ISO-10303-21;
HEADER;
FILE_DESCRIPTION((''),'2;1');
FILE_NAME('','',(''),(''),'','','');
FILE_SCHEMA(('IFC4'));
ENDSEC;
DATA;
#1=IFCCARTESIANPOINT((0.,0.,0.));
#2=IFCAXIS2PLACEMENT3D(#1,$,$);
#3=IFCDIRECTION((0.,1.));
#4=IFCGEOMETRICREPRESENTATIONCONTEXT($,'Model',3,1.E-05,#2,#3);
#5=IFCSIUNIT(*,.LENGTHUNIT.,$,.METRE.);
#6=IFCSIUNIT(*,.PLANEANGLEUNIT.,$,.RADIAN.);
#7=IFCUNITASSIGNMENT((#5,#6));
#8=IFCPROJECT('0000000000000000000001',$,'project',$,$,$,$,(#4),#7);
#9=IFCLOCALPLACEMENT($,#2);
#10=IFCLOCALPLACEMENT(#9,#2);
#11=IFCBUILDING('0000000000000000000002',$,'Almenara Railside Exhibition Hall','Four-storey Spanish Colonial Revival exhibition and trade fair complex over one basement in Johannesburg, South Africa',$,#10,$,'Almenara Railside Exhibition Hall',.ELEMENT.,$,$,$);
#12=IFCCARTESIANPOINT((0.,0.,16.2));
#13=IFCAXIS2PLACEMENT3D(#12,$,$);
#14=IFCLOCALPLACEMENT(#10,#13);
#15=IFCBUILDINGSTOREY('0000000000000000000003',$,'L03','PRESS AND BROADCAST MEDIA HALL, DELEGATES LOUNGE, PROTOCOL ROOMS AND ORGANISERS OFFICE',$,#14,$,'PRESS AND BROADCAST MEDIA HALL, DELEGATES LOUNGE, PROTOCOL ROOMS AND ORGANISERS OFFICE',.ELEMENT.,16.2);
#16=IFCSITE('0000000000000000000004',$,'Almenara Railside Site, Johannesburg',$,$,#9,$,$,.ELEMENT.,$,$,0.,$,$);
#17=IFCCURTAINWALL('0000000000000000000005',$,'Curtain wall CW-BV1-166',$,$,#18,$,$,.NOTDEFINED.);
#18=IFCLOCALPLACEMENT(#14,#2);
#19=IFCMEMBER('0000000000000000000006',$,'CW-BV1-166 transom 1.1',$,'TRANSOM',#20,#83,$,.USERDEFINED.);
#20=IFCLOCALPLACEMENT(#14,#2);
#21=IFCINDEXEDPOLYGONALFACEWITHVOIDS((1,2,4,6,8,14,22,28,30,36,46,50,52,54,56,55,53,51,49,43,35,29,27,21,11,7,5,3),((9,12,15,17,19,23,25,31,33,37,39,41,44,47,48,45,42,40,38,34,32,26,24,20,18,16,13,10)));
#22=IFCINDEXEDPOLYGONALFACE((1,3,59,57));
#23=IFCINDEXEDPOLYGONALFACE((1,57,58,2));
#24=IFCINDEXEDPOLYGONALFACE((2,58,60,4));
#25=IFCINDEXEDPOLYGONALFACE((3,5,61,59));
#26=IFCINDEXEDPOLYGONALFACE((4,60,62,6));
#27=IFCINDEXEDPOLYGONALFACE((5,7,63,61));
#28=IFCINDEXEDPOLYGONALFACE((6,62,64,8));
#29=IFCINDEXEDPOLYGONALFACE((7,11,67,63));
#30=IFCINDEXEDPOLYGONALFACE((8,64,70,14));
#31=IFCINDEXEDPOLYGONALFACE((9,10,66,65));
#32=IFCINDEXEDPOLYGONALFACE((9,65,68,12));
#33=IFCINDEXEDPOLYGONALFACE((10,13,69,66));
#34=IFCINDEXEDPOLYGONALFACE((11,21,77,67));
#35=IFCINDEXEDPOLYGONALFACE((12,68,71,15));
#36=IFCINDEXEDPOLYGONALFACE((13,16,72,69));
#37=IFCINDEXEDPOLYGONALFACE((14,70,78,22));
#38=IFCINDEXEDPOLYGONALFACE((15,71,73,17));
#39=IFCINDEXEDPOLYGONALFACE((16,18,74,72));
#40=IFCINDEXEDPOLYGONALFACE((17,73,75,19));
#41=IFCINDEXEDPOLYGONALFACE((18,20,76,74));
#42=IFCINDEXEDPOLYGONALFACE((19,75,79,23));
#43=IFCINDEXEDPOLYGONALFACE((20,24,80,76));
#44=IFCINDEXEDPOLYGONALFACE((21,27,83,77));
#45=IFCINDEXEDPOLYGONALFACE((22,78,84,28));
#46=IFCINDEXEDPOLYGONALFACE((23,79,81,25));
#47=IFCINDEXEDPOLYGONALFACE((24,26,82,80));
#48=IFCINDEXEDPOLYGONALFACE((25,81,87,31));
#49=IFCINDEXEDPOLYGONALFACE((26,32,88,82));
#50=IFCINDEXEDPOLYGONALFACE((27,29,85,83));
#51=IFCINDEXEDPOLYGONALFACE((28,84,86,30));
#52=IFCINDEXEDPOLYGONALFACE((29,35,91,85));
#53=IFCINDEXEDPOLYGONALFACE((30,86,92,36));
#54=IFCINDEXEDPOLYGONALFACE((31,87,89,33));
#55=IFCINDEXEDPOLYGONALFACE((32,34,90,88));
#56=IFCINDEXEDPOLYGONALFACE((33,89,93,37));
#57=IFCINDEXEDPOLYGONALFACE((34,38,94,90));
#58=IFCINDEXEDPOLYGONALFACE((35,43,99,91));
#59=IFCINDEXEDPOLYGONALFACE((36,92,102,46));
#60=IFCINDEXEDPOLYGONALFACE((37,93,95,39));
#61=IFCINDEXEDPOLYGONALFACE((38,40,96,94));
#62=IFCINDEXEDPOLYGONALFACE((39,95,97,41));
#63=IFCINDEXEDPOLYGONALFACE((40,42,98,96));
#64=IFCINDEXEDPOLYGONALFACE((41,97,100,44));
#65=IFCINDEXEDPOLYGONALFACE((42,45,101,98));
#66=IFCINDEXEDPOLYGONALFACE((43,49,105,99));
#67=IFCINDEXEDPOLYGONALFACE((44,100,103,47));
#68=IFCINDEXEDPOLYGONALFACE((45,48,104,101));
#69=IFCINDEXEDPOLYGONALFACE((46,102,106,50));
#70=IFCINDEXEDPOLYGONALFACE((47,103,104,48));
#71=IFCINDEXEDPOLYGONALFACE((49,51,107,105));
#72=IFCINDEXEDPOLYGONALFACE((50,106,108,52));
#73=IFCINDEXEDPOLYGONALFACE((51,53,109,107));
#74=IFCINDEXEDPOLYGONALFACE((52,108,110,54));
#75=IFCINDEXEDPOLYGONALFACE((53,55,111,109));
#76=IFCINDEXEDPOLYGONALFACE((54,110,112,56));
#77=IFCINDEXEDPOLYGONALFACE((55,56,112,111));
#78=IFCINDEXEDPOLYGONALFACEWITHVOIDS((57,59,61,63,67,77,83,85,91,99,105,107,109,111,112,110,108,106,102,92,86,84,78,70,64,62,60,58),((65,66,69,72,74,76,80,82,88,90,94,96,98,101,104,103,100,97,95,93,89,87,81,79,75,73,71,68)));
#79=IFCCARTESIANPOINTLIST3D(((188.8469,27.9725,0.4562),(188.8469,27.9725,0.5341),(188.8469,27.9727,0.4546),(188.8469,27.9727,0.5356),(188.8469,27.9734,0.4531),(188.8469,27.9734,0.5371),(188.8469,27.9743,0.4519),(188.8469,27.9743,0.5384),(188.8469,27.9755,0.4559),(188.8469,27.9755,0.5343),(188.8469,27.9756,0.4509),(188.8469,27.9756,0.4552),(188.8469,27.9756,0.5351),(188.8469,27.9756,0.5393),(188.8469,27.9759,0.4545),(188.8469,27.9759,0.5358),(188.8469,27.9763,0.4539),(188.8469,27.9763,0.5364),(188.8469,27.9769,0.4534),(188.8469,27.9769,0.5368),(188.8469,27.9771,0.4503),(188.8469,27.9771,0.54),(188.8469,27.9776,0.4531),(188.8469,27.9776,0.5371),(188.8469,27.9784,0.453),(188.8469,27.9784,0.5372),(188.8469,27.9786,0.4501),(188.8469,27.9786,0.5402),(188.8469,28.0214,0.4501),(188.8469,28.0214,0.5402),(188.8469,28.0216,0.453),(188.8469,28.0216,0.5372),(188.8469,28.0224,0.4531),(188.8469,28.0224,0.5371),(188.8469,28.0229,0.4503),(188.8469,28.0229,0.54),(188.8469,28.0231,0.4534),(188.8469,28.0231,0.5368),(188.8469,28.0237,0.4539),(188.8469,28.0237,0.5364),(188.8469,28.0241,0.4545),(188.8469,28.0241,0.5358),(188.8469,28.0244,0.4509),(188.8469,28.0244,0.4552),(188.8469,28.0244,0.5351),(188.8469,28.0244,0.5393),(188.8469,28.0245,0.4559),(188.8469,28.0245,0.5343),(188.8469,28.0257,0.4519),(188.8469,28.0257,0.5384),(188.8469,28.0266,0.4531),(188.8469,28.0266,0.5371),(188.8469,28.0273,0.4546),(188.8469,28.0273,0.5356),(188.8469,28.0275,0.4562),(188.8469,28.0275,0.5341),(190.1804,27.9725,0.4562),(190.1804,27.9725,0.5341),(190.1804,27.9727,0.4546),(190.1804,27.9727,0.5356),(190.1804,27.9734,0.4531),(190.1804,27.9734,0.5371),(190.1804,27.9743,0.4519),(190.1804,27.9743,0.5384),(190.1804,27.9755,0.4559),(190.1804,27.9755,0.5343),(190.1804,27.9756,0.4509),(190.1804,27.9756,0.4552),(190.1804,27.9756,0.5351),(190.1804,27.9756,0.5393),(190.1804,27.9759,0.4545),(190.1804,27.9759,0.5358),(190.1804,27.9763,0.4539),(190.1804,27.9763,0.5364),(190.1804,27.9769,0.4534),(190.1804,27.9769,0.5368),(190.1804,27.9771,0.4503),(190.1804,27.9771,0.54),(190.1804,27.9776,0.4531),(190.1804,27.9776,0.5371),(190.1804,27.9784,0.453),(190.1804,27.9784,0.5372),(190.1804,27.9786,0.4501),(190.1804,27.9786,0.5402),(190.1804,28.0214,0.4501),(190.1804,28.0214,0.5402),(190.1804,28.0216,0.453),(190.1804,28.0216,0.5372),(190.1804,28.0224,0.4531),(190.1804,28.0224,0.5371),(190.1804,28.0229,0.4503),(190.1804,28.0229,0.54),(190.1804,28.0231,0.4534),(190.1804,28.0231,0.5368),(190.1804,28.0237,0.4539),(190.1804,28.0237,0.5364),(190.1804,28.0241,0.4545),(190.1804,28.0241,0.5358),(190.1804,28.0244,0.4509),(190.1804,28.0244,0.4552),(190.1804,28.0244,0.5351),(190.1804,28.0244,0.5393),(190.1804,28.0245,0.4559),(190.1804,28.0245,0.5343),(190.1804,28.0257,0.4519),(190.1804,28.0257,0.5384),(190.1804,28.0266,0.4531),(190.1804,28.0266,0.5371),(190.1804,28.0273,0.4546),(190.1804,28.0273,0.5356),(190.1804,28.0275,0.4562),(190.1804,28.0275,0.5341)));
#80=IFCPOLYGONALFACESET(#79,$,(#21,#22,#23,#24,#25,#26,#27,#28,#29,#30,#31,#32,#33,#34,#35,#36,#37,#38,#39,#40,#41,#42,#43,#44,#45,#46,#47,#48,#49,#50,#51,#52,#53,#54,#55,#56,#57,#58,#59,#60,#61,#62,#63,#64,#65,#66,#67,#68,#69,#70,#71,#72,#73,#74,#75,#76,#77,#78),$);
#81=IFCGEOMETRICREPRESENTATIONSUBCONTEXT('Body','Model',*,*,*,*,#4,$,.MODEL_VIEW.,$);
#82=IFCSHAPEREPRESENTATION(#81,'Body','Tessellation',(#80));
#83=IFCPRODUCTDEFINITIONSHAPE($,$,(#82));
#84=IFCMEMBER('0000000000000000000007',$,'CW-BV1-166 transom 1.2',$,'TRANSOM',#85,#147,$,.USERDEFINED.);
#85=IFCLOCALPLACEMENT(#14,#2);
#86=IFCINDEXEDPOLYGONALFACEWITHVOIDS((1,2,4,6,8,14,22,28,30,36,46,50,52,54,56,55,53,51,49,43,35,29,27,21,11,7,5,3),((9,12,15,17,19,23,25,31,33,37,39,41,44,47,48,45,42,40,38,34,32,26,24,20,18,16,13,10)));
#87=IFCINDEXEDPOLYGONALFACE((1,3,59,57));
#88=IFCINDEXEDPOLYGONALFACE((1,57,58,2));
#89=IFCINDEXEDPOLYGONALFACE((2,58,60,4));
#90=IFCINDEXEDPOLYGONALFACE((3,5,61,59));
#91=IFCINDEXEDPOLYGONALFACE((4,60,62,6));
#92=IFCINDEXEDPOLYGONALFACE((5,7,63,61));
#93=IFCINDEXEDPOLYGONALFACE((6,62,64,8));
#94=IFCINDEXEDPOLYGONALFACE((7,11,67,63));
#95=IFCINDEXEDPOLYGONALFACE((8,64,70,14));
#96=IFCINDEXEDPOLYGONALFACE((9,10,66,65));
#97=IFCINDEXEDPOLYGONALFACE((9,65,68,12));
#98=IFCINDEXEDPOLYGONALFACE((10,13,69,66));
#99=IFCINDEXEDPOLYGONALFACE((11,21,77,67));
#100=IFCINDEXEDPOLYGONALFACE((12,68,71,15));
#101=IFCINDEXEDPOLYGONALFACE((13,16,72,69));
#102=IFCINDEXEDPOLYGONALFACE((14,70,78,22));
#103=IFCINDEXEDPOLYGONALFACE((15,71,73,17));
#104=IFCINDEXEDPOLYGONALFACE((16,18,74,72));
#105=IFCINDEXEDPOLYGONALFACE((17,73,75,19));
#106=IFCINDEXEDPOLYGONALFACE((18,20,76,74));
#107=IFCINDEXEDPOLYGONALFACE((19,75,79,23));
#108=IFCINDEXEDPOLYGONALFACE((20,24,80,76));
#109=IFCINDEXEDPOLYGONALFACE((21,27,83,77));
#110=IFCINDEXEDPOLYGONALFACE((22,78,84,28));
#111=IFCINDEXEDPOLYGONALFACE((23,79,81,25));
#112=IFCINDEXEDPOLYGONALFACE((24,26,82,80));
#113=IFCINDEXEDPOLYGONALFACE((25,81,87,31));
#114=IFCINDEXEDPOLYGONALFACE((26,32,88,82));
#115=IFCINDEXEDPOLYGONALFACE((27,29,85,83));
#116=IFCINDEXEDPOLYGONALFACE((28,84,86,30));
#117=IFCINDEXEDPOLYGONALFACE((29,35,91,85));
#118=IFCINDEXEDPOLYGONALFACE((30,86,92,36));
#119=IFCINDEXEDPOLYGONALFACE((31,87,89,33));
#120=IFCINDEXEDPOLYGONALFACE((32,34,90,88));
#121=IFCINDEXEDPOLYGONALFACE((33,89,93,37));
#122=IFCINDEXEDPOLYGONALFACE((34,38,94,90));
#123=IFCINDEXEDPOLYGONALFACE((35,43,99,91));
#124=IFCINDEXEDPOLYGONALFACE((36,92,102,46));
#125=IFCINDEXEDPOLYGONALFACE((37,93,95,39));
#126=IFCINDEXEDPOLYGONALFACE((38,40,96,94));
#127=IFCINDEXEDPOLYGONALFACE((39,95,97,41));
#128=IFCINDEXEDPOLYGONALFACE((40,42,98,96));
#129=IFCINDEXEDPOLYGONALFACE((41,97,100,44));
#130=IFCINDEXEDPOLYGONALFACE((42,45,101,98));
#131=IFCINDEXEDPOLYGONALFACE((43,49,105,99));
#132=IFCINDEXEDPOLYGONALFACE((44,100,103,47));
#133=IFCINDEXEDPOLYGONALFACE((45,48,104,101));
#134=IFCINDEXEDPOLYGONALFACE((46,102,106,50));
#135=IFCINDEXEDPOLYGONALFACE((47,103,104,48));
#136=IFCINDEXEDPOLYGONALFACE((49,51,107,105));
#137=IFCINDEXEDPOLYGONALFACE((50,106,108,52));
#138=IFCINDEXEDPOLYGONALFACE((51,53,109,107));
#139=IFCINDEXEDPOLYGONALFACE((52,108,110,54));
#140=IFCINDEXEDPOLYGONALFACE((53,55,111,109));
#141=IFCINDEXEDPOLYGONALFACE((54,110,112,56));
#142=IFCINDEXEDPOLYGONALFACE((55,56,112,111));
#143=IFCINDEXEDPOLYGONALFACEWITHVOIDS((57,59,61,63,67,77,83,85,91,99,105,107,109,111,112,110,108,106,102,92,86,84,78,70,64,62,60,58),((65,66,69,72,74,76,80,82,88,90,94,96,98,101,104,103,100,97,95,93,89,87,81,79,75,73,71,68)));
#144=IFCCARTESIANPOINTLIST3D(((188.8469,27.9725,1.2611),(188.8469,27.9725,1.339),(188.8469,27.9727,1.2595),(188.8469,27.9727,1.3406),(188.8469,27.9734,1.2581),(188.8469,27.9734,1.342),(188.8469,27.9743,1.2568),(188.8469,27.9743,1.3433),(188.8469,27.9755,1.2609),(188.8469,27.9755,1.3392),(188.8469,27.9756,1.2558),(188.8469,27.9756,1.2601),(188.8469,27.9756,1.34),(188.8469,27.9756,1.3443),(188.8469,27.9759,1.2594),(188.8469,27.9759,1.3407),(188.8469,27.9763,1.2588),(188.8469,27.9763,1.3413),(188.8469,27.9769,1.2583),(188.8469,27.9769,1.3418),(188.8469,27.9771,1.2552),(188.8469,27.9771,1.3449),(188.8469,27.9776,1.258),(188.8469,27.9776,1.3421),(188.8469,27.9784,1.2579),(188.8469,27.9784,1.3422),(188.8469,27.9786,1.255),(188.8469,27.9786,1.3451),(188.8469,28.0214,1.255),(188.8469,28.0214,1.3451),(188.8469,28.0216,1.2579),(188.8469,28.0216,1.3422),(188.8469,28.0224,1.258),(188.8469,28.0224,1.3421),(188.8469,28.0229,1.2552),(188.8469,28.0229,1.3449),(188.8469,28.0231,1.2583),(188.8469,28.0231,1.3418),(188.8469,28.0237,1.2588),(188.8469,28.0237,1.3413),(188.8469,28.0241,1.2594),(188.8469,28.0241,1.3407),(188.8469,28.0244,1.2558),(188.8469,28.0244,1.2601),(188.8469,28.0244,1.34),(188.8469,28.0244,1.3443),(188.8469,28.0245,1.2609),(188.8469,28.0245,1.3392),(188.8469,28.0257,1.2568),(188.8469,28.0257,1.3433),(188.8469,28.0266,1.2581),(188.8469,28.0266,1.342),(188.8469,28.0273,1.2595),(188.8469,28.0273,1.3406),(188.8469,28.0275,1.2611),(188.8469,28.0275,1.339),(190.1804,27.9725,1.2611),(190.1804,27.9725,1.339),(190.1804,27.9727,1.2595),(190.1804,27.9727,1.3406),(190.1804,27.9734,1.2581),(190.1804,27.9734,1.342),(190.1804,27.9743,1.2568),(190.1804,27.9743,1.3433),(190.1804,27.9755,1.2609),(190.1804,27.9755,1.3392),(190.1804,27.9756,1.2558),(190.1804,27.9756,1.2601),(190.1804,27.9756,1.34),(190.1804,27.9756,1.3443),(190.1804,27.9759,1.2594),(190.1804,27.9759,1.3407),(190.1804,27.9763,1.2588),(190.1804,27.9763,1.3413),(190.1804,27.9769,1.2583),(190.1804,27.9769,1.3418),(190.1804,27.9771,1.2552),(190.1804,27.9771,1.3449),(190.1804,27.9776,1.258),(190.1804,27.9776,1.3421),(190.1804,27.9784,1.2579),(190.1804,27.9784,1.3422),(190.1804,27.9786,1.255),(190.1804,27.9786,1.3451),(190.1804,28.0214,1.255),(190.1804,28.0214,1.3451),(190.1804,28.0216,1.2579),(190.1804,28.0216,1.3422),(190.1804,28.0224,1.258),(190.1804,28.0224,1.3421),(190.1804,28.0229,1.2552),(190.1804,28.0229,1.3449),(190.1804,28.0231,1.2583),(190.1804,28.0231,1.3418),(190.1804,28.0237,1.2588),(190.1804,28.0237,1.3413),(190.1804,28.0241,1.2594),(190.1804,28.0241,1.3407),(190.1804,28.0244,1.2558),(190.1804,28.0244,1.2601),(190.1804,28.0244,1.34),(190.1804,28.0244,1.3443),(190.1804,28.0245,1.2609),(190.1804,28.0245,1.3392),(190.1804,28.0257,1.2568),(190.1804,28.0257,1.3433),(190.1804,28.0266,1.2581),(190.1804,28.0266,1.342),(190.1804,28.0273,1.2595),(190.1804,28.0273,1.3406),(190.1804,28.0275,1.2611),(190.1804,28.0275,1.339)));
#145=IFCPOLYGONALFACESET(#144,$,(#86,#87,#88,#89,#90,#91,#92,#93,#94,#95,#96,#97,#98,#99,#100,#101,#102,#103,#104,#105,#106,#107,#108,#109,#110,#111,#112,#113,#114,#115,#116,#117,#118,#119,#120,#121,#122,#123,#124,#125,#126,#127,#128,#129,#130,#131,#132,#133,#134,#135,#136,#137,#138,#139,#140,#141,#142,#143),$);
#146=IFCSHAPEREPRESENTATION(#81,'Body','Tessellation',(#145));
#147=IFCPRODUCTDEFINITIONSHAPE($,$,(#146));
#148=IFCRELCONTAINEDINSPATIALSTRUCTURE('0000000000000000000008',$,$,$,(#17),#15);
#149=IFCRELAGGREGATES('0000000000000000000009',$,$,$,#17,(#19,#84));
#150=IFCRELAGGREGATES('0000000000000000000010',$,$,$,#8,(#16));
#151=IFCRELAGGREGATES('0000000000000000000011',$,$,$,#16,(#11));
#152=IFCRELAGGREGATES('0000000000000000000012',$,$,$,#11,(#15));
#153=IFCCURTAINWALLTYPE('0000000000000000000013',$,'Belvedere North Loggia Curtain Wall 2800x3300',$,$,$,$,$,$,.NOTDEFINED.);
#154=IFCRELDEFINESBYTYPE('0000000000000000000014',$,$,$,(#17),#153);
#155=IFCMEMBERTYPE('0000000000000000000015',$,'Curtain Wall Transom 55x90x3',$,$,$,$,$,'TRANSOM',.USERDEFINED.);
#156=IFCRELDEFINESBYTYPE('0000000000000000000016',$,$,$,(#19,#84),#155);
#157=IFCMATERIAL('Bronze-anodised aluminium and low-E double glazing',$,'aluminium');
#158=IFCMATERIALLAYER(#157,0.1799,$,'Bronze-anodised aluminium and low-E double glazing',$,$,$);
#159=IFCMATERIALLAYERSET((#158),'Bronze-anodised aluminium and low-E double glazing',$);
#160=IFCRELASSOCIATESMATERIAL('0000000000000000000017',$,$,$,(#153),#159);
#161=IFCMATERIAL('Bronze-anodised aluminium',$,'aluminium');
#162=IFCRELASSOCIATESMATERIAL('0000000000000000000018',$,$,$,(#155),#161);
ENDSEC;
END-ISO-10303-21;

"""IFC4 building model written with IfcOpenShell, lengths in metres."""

from ifc_helpers import new_model, si_unit, direction, frame, origin, origin_2d, place, context, subcontext, project, spatial, hollow_rectangle, extrude, material, layer, layer_set, material_profile, profile_set, type_object, element, aggregate, save


model = new_model("IFC4")

# Units and contexts
model_context = context("Model", 3, precision=1e-05, world=origin(), true_north=direction((0.0, 1.0)))
body_context = subcontext(model_context, "Body", "Model", "MODEL_VIEW")
ifc_project = project(units=[si_unit("LENGTHUNIT", "METRE"), si_unit("PLANEANGLEUNIT", "RADIAN")], contexts=[model_context])

# Site, building, storey
site_placement = place(None, origin())
site = spatial("IfcSite", under=ifc_project, at=site_placement, Name="Almenara Railside Site, Johannesburg", CompositionType="ELEMENT", RefElevation=0.0)
building_placement = place(site_placement, origin())
building = spatial("IfcBuilding", under=site, at=building_placement, Name="Almenara Railside Exhibition Hall", Description="Four-storey Spanish Colonial Revival exhibition and trade fair complex over one basement in Johannesburg, South Africa", LongName="Almenara Railside Exhibition Hall", CompositionType="ELEMENT")
storey_placement = place(building_placement, frame((0.0, 0.0, 16.2)))
storey = spatial("IfcBuildingStorey", under=building, at=storey_placement, Name="L03", Description="PRESS AND BROADCAST MEDIA HALL, DELEGATES LOUNGE, PROTOCOL ROOMS AND ORGANISERS OFFICE", LongName="PRESS AND BROADCAST MEDIA HALL, DELEGATES LOUNGE, PROTOCOL ROOMS AND ORGANISERS OFFICE", CompositionType="ELEMENT", Elevation=16.2)

# Curtain wall
ifc_material_1 = material(Name="Bronze-anodised aluminium and low-E double glazing", Category="aluminium")
ifc_layer_1 = layer(ifc_material_1, 0.1799, Name="Bronze-anodised aluminium and low-E double glazing")
ifc_layer_set_1 = layer_set([ifc_layer_1], Name="Bronze-anodised aluminium and low-E double glazing")
curtain_wall_type = type_object("IfcCurtainWallType", Name="Belvedere North Loggia Curtain Wall 2800x3300", PredefinedType="NOTDEFINED", material=ifc_layer_set_1)
curtain_wall_1_placement = place(storey_placement, origin())
curtain_wall_1 = element("IfcCurtainWall", 1, at=curtain_wall_1_placement, inside=storey, type_object=curtain_wall_type, Name="Curtain wall CW-BV1-166", PredefinedType="NOTDEFINED")
ifc_material_2 = material(Name="Bronze-anodised aluminium", Category="aluminium")

# Members
ifc_material_profile_1 = material_profile(ifc_material_2, hollow_rectangle(XDim=0.0549, YDim=0.0901, WallThickness=0.0029, InnerFilletRadius=0.0029, OuterFilletRadius=0.0061, at=origin_2d()), Name="ALU-TRN 55x90x3")
ifc_profile_set_1 = profile_set([ifc_material_profile_1], Name="Bronze-anodised aluminium")
member_type_1 = type_object("IfcMemberType", Name="Curtain Wall Transom 55x90x3", ElementType="TRANSOM", PredefinedType="USERDEFINED", material=ifc_profile_set_1)
member_1_placement = place(storey_placement, frame((188.8469, 28.0, 0.4951), z_axis=(1.0, 0.0, 0.0), x_axis=(0.0, 1.0, 0.0)))
member_1 = element("IfcMember", 2, at=member_1_placement, type_object=member_type_1, Name="CW-BV1-166 transom 1.1", ObjectType="TRANSOM", PredefinedType="USERDEFINED", context=body_context, shape_type="SweptSolid", body=[
    extrude(hollow_rectangle(XDim=0.0549, YDim=0.0901, WallThickness=0.0029, InnerFilletRadius=0.0029, OuterFilletRadius=0.0061, at=origin_2d()), origin(), (0.0, 0.0, 1.0), 1.3335),
])
member_2_placement = place(storey_placement, frame((188.8469, 28.0, 1.3), z_axis=(1.0, 0.0, 0.0), x_axis=(0.0, 1.0, 0.0)))
member_2 = element("IfcMember", 3, at=member_2_placement, type_object=member_type_1, Name="CW-BV1-166 transom 1.2", ObjectType="TRANSOM", PredefinedType="USERDEFINED", context=body_context, shape_type="SweptSolid", body=[
    extrude(hollow_rectangle(XDim=0.0549, YDim=0.0901, WallThickness=0.0029, InnerFilletRadius=0.0029, OuterFilletRadius=0.0061, at=origin_2d()), origin(), (0.0, 0.0, 1.0), 1.3335),
])
aggregate(curtain_wall_1, [member_1, member_2])

save(model, "model.ifc")
